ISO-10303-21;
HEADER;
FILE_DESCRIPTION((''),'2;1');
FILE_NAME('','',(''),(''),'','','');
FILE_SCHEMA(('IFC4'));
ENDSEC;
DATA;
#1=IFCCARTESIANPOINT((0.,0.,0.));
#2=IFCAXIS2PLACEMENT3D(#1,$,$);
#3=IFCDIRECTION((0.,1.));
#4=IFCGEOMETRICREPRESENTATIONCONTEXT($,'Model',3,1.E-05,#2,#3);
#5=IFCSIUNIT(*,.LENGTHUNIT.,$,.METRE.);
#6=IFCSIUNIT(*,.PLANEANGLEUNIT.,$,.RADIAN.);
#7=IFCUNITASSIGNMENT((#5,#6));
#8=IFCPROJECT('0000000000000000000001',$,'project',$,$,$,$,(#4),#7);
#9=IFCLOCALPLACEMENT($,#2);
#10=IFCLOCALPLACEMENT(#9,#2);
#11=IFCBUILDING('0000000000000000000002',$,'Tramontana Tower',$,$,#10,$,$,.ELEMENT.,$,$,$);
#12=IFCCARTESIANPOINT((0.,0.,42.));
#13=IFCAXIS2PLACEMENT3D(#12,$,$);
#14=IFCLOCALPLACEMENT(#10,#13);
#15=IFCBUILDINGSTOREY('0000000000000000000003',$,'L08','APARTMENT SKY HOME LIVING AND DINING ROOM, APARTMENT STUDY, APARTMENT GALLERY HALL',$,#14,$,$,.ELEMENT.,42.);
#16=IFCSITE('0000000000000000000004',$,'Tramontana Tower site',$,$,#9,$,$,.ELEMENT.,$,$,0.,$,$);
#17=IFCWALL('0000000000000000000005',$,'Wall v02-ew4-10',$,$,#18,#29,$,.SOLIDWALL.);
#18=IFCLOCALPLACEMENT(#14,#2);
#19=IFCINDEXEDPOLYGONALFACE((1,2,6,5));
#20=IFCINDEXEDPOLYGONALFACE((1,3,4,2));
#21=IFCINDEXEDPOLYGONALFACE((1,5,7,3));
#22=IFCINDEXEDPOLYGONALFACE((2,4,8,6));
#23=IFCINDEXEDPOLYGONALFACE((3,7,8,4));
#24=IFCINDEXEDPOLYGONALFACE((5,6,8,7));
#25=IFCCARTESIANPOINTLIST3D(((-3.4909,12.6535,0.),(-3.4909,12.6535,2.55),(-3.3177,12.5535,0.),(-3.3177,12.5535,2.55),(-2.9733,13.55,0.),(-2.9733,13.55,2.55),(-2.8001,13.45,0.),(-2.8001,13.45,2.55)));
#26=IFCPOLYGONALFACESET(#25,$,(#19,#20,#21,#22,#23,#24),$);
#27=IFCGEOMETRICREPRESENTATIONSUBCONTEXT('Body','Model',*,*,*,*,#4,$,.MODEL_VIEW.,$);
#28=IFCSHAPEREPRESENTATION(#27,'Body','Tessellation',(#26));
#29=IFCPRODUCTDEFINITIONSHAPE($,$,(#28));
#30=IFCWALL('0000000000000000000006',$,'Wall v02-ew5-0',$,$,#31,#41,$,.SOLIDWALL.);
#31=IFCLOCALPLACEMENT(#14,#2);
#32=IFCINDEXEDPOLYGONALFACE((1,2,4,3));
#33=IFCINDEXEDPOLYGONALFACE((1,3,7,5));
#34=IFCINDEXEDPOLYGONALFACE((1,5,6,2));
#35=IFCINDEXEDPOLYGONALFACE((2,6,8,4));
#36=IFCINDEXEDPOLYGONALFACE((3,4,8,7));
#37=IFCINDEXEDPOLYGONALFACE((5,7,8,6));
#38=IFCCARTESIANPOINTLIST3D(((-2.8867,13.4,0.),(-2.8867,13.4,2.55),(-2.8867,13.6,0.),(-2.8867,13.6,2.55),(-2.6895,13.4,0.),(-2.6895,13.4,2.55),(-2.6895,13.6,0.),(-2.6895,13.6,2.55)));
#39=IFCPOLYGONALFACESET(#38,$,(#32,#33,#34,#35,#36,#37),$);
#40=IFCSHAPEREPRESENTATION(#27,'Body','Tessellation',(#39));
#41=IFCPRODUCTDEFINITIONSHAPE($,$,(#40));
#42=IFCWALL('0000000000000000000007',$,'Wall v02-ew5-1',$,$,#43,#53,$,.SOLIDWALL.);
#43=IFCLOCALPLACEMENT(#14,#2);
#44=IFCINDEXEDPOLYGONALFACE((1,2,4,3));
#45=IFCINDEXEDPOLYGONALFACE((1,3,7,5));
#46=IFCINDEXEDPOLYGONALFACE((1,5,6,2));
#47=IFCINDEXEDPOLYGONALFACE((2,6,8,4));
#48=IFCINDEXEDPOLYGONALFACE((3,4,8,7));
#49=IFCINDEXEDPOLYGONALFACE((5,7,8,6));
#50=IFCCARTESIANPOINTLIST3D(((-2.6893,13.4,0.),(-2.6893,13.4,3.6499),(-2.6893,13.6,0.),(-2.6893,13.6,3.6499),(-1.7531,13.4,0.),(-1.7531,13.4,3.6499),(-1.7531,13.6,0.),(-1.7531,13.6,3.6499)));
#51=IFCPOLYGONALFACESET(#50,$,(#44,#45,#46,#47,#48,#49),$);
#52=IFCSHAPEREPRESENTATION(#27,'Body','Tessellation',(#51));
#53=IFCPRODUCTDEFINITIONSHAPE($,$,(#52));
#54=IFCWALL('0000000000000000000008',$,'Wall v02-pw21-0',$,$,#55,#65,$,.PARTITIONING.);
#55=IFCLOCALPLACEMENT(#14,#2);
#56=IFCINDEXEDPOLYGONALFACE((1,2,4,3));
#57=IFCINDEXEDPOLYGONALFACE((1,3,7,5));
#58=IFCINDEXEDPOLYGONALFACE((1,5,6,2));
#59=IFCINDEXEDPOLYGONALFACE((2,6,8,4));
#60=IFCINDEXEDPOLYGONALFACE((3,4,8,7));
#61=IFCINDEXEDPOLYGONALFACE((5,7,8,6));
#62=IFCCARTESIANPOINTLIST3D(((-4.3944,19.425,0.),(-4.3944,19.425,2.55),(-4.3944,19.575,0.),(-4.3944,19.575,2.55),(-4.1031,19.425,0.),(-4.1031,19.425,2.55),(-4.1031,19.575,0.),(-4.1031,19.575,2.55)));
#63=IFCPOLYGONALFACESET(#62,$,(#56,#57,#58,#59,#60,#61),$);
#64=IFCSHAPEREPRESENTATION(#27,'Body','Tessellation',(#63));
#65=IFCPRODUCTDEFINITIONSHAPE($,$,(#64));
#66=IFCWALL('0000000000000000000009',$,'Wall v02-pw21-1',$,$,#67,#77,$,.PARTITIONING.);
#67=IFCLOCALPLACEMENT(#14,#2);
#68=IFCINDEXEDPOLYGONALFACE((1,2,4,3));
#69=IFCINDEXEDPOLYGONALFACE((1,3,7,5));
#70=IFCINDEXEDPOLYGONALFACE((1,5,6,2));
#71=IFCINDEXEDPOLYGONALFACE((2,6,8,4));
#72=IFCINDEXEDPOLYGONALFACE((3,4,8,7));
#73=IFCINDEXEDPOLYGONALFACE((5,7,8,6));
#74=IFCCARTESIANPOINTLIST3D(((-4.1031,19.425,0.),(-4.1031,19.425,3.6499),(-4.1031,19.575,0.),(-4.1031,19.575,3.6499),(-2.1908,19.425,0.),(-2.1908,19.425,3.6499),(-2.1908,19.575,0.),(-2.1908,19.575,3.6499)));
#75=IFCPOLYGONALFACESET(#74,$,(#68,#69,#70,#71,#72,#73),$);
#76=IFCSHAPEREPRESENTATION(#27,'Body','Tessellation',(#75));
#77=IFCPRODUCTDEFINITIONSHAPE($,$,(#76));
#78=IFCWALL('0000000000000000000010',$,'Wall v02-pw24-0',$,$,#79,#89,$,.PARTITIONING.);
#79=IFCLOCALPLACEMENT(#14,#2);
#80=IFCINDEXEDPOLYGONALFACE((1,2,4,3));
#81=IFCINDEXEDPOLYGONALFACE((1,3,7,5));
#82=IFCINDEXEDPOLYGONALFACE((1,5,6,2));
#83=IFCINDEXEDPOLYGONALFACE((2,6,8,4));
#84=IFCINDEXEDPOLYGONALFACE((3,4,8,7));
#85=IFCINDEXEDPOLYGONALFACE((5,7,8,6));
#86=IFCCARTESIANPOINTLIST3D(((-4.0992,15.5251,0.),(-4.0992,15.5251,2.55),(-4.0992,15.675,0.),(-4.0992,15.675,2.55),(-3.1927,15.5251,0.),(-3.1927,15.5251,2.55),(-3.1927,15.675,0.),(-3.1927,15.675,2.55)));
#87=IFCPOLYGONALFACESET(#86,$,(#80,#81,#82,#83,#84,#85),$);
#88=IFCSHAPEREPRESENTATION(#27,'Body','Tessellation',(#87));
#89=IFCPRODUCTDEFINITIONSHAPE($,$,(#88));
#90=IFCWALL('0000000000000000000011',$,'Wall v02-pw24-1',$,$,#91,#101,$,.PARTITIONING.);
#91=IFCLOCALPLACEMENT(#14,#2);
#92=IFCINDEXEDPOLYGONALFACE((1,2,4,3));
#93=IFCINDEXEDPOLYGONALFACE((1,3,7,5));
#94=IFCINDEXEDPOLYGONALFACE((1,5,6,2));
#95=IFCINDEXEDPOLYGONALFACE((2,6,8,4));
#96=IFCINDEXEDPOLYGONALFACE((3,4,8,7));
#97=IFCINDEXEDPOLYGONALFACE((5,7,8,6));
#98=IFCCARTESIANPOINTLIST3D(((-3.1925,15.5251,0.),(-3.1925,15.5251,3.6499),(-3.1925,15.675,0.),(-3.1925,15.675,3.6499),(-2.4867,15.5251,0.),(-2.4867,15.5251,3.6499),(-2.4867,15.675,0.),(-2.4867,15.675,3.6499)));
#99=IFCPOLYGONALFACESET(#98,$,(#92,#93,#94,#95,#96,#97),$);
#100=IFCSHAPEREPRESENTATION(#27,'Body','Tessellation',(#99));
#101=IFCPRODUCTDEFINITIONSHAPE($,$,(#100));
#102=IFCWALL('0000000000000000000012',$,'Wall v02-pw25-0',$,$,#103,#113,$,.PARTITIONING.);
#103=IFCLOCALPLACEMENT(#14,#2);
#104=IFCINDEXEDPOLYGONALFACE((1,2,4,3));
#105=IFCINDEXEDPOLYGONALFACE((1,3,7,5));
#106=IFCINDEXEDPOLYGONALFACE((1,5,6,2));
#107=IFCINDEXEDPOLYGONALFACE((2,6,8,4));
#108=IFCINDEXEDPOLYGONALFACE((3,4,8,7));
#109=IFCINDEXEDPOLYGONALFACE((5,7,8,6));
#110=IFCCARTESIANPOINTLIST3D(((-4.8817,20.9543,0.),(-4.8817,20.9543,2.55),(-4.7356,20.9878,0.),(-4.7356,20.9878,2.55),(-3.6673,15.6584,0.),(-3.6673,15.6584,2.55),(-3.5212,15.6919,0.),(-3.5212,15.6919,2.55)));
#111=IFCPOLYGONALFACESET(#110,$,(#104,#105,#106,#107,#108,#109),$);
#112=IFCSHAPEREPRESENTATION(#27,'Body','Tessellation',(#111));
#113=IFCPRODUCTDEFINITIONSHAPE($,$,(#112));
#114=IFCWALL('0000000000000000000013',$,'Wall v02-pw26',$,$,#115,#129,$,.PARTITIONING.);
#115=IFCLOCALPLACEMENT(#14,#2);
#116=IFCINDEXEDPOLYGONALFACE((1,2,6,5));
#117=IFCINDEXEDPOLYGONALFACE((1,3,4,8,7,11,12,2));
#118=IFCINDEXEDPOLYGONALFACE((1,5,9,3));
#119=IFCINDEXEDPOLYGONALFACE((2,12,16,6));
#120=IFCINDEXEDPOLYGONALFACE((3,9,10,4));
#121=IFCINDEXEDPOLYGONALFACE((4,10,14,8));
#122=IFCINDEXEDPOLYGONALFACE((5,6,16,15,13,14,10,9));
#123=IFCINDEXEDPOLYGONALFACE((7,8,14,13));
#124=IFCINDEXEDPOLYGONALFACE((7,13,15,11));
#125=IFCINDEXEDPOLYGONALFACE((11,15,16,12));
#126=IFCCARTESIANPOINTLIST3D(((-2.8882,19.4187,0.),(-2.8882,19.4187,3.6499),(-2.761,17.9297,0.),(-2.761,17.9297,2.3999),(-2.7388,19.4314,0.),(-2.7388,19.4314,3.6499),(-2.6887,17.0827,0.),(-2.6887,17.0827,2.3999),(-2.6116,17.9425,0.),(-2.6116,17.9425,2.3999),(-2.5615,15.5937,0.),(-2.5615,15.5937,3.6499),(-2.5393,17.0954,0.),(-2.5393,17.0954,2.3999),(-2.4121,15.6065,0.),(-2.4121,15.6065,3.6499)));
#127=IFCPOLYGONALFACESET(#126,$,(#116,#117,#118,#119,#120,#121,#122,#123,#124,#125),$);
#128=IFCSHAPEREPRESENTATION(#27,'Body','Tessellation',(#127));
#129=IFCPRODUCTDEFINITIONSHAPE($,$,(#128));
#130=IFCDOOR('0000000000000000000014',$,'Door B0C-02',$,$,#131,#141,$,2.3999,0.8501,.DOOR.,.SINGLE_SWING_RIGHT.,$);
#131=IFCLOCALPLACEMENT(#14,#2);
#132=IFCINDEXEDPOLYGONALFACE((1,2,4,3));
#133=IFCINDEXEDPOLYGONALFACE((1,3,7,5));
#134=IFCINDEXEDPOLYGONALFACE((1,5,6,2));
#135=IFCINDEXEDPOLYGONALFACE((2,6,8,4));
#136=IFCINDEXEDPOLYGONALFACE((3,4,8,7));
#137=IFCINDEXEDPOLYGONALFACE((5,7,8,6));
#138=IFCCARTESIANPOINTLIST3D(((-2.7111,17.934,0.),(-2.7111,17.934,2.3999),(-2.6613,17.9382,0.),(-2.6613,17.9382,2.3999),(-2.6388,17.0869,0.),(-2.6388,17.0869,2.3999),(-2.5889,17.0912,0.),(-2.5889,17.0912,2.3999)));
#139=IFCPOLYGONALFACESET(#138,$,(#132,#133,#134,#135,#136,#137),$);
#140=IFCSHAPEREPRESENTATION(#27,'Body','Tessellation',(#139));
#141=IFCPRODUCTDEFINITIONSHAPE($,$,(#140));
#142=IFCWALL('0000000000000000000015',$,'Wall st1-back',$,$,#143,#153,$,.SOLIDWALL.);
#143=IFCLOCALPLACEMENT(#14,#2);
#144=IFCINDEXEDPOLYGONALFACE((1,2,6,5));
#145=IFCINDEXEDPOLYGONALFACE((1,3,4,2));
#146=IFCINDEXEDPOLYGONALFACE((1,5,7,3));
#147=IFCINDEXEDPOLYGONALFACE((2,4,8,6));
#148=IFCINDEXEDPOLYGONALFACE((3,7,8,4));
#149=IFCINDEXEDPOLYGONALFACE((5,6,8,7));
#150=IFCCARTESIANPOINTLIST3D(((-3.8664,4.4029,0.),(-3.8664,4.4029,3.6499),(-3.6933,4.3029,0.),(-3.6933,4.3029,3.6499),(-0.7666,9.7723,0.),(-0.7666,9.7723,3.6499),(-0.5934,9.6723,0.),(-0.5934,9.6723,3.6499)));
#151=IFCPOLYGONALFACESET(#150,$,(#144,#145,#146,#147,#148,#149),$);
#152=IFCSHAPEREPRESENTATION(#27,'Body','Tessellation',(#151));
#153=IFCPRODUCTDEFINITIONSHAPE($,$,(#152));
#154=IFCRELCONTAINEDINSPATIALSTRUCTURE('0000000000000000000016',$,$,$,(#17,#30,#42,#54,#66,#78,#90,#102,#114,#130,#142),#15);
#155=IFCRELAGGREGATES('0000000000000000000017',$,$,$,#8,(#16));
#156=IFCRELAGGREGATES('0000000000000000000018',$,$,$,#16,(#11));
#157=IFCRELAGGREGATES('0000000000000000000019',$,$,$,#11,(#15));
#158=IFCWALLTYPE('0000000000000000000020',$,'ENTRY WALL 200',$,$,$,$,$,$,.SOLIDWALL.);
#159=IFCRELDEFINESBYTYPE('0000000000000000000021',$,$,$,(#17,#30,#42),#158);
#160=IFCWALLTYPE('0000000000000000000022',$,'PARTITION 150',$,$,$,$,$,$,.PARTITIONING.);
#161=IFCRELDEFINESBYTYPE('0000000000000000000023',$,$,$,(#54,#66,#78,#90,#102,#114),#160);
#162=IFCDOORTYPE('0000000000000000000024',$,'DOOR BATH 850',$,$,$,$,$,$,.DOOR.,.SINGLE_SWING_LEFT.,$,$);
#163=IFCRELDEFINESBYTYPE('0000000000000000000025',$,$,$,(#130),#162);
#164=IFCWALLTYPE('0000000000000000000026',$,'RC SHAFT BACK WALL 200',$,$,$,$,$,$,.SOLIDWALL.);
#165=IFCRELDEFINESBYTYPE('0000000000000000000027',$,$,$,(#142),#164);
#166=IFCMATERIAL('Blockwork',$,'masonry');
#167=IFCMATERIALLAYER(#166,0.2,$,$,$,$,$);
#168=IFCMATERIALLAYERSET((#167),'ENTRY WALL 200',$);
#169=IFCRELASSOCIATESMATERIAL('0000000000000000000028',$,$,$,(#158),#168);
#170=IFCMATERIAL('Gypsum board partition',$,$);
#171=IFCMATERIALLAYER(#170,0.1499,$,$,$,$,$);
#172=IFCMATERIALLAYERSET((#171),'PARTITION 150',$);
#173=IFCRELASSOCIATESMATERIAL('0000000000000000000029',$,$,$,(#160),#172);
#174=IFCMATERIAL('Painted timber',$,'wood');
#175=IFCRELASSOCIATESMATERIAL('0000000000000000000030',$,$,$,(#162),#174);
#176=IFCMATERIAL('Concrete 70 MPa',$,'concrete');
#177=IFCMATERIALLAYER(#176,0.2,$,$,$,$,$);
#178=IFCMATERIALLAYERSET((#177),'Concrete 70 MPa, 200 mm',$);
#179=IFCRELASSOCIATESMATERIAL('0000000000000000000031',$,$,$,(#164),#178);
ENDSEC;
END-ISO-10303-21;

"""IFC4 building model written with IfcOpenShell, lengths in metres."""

from ifc_helpers import new_model, si_unit, direction, frame, frame_2d, origin, place, context, subcontext, project, spatial, rectangle, extrude, material, layer, layer_set, type_object, element, fill, save


model = new_model("IFC4")

# Units and contexts
model_context = context("Model", 3, precision=1e-05, world=origin(), true_north=direction((0.0, 1.0)))
body_context = subcontext(model_context, "Body", "Model", "MODEL_VIEW")
ifc_project = project(units=[si_unit("LENGTHUNIT", "METRE"), si_unit("PLANEANGLEUNIT", "RADIAN")], contexts=[model_context])

# Site, building, storey
site_placement = place(None, origin())
site = spatial("IfcSite", under=ifc_project, at=site_placement, Name="Tramontana Tower site", CompositionType="ELEMENT", RefElevation=0.0)
building_placement = place(site_placement, origin())
building = spatial("IfcBuilding", under=site, at=building_placement, Name="Tramontana Tower", CompositionType="ELEMENT")
storey_placement = place(building_placement, frame((0.0, 0.0, 42.0)))
storey = spatial("IfcBuildingStorey", under=building, at=storey_placement, Name="L08", Description="APARTMENT SKY HOME LIVING AND DINING ROOM, APARTMENT STUDY, APARTMENT GALLERY HALL", CompositionType="ELEMENT", Elevation=42.0)

# Walls
ifc_material_1 = material(Name="Blockwork", Category="masonry")
ifc_layer_1 = layer(ifc_material_1, 0.2)
ifc_layer_set_1 = layer_set([ifc_layer_1], Name="ENTRY WALL 200")
wall_type_1 = type_object("IfcWallType", Name="ENTRY WALL 200", PredefinedType="SOLIDWALL", material=ifc_layer_set_1)
wall_1_placement = place(storey_placement, frame((-3.4043, 12.6035, 0.0), z_axis=(0.0, 0.0, 1.0), x_axis=(0.499995, 0.866028, 0.0)))
element("IfcWall", 1, at=wall_1_placement, inside=storey, type_object=wall_type_1, Name="Wall v02-ew4-10", PredefinedType="SOLIDWALL", context=body_context, shape_type="SweptSolid", body=[
    extrude(rectangle(XDim=1.0352, YDim=0.2, at=frame_2d((0.5176, 0.0))), origin(), (0.0, 0.0, 1.0), 2.55),
])
wall_2_placement = place(storey_placement, frame((-2.8867, 13.5, 0.0), z_axis=(0.0, 0.0, 1.0), x_axis=(1.0, 0.0, 0.0)))
element("IfcWall", 2, at=wall_2_placement, inside=storey, type_object=wall_type_1, Name="Wall v02-ew5-0", PredefinedType="SOLIDWALL", context=body_context, shape_type="SweptSolid", body=[
    extrude(rectangle(XDim=0.1973, YDim=0.2, at=frame_2d((0.0986, 0.0))), origin(), (0.0, 0.0, 1.0), 2.55),
])
wall_3_placement = place(storey_placement, frame((-2.6895, 13.5, 0.0), z_axis=(0.0, 0.0, 1.0), x_axis=(1.0, 0.0, 0.0)))
element("IfcWall", 3, at=wall_3_placement, inside=storey, type_object=wall_type_1, Name="Wall v02-ew5-1", PredefinedType="SOLIDWALL", context=body_context, shape_type="SweptSolid", body=[
    extrude(rectangle(XDim=0.9363, YDim=0.2, at=frame_2d((0.4683, 0.0))), origin(), (0.0, 0.0, 1.0), 3.6499),
])
ifc_material_2 = material(Name="Gypsum board partition")
ifc_layer_2 = layer(ifc_material_2, 0.1499)
ifc_layer_set_2 = layer_set([ifc_layer_2], Name="PARTITION 150")
wall_type_2 = type_object("IfcWallType", Name="PARTITION 150", PredefinedType="PARTITIONING", material=ifc_layer_set_2)
wall_4_placement = place(storey_placement, frame((-4.3943, 19.5, 0.0), z_axis=(0.0, 0.0, 1.0), x_axis=(1.0, 0.0, 0.0)))
element("IfcWall", 4, at=wall_4_placement, inside=storey, type_object=wall_type_2, Name="Wall v02-pw21-0", PredefinedType="PARTITIONING", context=body_context, shape_type="SweptSolid", body=[
    extrude(rectangle(XDim=0.2913, YDim=0.1499, at=frame_2d((0.1455, 0.0))), origin(), (0.0, 0.0, 1.0), 2.55),
])
wall_5_placement = place(storey_placement, frame((-4.103, 19.5, 0.0), z_axis=(0.0, 0.0, 1.0), x_axis=(1.0, 0.0, 0.0)))
element("IfcWall", 5, at=wall_5_placement, inside=storey, type_object=wall_type_2, Name="Wall v02-pw21-1", PredefinedType="PARTITIONING", context=body_context, shape_type="SweptSolid", body=[
    extrude(rectangle(XDim=1.9124, YDim=0.1499, at=frame_2d((0.9561, 0.0))), origin(), (0.0, 0.0, 1.0), 3.6499),
])
wall_6_placement = place(storey_placement, frame((-4.0991, 15.6001, 0.0), z_axis=(0.0, 0.0, 1.0), x_axis=(1.0, 0.0, 0.0)))
element("IfcWall", 6, at=wall_6_placement, inside=storey, type_object=wall_type_2, Name="Wall v02-pw24-0", PredefinedType="PARTITIONING", context=body_context, shape_type="SweptSolid", body=[
    extrude(rectangle(XDim=0.9065, YDim=0.1499, at=frame_2d((0.4531, 0.0))), origin(), (0.0, 0.0, 1.0), 2.55),
])
wall_7_placement = place(storey_placement, frame((-3.1926, 15.6001, 0.0), z_axis=(0.0, 0.0, 1.0), x_axis=(1.0, 0.0, 0.0)))
element("IfcWall", 7, at=wall_7_placement, inside=storey, type_object=wall_type_2, Name="Wall v02-pw24-1", PredefinedType="PARTITIONING", context=body_context, shape_type="SweptSolid", body=[
    extrude(rectangle(XDim=0.7058, YDim=0.1499, at=frame_2d((0.353, 0.0))), origin(), (0.0, 0.0, 1.0), 3.6499),
])
wall_8_placement = place(storey_placement, frame((-3.5942, 15.675, 0.0), z_axis=(0.0, 0.0, 1.0), x_axis=(-0.223501, 0.974704, 0.0)))
element("IfcWall", 8, at=wall_8_placement, inside=storey, type_object=wall_type_2, Name="Wall v02-pw25-0", PredefinedType="PARTITIONING", context=body_context, shape_type="SweptSolid", body=[
    extrude(rectangle(XDim=5.4333, YDim=0.1499, at=frame_2d((2.7168, 0.0))), origin(), (0.0, 0.0, 1.0), 2.55),
])

# Wall, opening, door
wall_9_placement = place(storey_placement, frame((-2.4868, 15.6001, 0.0), z_axis=(0.0, 0.0, 1.0), x_axis=(-0.085093, 0.996373, 0.0)))
wall_9 = element("IfcWall", 9, at=wall_9_placement, inside=storey, type_object=wall_type_2, Name="Wall v02-pw26", PredefinedType="PARTITIONING", context=body_context, shape_type="SweptSolid", body=[
    extrude(rectangle(XDim=3.8389, YDim=0.1499, at=frame_2d((1.9194, 0.0))), origin(), (0.0, 0.0, 1.0), 3.6499),
])
opening_1_placement = place(wall_9_placement, frame((1.4944, 0.0, 0.0)))
opening_1 = element("IfcOpeningElement", 10, at=opening_1_placement, cuts=wall_9, PredefinedType="OPENING", context=body_context, shape_type="SweptSolid", body=[
    extrude(rectangle(XDim=0.8501, YDim=2.3999, at=frame_2d((0.425, 1.2))), frame((0.0, 0.085, 0.0), z_axis=(0.0, -1.0, 0.0), x_axis=(1.0, 0.0, 0.0)), (0.0, 0.0, 1.0), 0.1699),
])
ifc_material_3 = material(Name="Painted timber", Category="wood")
door_type_1 = type_object("IfcDoorType", Name="DOOR BATH 850", OperationType="SINGLE_SWING_LEFT", PredefinedType="DOOR", material=ifc_material_3)
door_1_placement = place(opening_1_placement, origin())
door_1 = element("IfcDoor", 11, at=door_1_placement, inside=storey, type_object=door_type_1, Name="Door B0C-02", OperationType="SINGLE_SWING_RIGHT", OverallHeight=2.3999, OverallWidth=0.8501, PredefinedType="DOOR", context=body_context, shape_type="SweptSolid", body=[
    extrude(rectangle(XDim=0.8501, YDim=2.3999, at=frame_2d((0.425, 1.2))), frame((0.0, 0.0249, 0.0), z_axis=(0.0, -1.0, 0.0), x_axis=(1.0, 0.0, 0.0)), (0.0, 0.0, 1.0), 0.05),
])
fill(opening_1, door_1)

# Wall
ifc_material_4 = material(Name="Concrete 70 MPa", Category="concrete")
ifc_layer_3 = layer(ifc_material_4, 0.2)
ifc_layer_set_3 = layer_set([ifc_layer_3], Name="Concrete 70 MPa, 200 mm")
wall_type_3 = type_object("IfcWallType", Name="RC SHAFT BACK WALL 200", PredefinedType="SOLIDWALL", material=ifc_layer_set_3)
wall_10_placement = place(storey_placement, frame((-0.6799, 9.7224, 0.0), z_axis=(0.0, 0.0, 1.0), x_axis=(-0.49998, -0.866037, 0.0)))
element("IfcWall", 12, at=wall_10_placement, inside=storey, type_object=wall_type_3, Name="Wall st1-back", PredefinedType="SOLIDWALL", context=body_context, shape_type="SweptSolid", body=[
    extrude(rectangle(XDim=6.2, YDim=0.2, at=frame_2d((3.1001, 0.0))), origin(), (0.0, 0.0, 1.0), 3.6499),
])

save(model, "model.ifc")
